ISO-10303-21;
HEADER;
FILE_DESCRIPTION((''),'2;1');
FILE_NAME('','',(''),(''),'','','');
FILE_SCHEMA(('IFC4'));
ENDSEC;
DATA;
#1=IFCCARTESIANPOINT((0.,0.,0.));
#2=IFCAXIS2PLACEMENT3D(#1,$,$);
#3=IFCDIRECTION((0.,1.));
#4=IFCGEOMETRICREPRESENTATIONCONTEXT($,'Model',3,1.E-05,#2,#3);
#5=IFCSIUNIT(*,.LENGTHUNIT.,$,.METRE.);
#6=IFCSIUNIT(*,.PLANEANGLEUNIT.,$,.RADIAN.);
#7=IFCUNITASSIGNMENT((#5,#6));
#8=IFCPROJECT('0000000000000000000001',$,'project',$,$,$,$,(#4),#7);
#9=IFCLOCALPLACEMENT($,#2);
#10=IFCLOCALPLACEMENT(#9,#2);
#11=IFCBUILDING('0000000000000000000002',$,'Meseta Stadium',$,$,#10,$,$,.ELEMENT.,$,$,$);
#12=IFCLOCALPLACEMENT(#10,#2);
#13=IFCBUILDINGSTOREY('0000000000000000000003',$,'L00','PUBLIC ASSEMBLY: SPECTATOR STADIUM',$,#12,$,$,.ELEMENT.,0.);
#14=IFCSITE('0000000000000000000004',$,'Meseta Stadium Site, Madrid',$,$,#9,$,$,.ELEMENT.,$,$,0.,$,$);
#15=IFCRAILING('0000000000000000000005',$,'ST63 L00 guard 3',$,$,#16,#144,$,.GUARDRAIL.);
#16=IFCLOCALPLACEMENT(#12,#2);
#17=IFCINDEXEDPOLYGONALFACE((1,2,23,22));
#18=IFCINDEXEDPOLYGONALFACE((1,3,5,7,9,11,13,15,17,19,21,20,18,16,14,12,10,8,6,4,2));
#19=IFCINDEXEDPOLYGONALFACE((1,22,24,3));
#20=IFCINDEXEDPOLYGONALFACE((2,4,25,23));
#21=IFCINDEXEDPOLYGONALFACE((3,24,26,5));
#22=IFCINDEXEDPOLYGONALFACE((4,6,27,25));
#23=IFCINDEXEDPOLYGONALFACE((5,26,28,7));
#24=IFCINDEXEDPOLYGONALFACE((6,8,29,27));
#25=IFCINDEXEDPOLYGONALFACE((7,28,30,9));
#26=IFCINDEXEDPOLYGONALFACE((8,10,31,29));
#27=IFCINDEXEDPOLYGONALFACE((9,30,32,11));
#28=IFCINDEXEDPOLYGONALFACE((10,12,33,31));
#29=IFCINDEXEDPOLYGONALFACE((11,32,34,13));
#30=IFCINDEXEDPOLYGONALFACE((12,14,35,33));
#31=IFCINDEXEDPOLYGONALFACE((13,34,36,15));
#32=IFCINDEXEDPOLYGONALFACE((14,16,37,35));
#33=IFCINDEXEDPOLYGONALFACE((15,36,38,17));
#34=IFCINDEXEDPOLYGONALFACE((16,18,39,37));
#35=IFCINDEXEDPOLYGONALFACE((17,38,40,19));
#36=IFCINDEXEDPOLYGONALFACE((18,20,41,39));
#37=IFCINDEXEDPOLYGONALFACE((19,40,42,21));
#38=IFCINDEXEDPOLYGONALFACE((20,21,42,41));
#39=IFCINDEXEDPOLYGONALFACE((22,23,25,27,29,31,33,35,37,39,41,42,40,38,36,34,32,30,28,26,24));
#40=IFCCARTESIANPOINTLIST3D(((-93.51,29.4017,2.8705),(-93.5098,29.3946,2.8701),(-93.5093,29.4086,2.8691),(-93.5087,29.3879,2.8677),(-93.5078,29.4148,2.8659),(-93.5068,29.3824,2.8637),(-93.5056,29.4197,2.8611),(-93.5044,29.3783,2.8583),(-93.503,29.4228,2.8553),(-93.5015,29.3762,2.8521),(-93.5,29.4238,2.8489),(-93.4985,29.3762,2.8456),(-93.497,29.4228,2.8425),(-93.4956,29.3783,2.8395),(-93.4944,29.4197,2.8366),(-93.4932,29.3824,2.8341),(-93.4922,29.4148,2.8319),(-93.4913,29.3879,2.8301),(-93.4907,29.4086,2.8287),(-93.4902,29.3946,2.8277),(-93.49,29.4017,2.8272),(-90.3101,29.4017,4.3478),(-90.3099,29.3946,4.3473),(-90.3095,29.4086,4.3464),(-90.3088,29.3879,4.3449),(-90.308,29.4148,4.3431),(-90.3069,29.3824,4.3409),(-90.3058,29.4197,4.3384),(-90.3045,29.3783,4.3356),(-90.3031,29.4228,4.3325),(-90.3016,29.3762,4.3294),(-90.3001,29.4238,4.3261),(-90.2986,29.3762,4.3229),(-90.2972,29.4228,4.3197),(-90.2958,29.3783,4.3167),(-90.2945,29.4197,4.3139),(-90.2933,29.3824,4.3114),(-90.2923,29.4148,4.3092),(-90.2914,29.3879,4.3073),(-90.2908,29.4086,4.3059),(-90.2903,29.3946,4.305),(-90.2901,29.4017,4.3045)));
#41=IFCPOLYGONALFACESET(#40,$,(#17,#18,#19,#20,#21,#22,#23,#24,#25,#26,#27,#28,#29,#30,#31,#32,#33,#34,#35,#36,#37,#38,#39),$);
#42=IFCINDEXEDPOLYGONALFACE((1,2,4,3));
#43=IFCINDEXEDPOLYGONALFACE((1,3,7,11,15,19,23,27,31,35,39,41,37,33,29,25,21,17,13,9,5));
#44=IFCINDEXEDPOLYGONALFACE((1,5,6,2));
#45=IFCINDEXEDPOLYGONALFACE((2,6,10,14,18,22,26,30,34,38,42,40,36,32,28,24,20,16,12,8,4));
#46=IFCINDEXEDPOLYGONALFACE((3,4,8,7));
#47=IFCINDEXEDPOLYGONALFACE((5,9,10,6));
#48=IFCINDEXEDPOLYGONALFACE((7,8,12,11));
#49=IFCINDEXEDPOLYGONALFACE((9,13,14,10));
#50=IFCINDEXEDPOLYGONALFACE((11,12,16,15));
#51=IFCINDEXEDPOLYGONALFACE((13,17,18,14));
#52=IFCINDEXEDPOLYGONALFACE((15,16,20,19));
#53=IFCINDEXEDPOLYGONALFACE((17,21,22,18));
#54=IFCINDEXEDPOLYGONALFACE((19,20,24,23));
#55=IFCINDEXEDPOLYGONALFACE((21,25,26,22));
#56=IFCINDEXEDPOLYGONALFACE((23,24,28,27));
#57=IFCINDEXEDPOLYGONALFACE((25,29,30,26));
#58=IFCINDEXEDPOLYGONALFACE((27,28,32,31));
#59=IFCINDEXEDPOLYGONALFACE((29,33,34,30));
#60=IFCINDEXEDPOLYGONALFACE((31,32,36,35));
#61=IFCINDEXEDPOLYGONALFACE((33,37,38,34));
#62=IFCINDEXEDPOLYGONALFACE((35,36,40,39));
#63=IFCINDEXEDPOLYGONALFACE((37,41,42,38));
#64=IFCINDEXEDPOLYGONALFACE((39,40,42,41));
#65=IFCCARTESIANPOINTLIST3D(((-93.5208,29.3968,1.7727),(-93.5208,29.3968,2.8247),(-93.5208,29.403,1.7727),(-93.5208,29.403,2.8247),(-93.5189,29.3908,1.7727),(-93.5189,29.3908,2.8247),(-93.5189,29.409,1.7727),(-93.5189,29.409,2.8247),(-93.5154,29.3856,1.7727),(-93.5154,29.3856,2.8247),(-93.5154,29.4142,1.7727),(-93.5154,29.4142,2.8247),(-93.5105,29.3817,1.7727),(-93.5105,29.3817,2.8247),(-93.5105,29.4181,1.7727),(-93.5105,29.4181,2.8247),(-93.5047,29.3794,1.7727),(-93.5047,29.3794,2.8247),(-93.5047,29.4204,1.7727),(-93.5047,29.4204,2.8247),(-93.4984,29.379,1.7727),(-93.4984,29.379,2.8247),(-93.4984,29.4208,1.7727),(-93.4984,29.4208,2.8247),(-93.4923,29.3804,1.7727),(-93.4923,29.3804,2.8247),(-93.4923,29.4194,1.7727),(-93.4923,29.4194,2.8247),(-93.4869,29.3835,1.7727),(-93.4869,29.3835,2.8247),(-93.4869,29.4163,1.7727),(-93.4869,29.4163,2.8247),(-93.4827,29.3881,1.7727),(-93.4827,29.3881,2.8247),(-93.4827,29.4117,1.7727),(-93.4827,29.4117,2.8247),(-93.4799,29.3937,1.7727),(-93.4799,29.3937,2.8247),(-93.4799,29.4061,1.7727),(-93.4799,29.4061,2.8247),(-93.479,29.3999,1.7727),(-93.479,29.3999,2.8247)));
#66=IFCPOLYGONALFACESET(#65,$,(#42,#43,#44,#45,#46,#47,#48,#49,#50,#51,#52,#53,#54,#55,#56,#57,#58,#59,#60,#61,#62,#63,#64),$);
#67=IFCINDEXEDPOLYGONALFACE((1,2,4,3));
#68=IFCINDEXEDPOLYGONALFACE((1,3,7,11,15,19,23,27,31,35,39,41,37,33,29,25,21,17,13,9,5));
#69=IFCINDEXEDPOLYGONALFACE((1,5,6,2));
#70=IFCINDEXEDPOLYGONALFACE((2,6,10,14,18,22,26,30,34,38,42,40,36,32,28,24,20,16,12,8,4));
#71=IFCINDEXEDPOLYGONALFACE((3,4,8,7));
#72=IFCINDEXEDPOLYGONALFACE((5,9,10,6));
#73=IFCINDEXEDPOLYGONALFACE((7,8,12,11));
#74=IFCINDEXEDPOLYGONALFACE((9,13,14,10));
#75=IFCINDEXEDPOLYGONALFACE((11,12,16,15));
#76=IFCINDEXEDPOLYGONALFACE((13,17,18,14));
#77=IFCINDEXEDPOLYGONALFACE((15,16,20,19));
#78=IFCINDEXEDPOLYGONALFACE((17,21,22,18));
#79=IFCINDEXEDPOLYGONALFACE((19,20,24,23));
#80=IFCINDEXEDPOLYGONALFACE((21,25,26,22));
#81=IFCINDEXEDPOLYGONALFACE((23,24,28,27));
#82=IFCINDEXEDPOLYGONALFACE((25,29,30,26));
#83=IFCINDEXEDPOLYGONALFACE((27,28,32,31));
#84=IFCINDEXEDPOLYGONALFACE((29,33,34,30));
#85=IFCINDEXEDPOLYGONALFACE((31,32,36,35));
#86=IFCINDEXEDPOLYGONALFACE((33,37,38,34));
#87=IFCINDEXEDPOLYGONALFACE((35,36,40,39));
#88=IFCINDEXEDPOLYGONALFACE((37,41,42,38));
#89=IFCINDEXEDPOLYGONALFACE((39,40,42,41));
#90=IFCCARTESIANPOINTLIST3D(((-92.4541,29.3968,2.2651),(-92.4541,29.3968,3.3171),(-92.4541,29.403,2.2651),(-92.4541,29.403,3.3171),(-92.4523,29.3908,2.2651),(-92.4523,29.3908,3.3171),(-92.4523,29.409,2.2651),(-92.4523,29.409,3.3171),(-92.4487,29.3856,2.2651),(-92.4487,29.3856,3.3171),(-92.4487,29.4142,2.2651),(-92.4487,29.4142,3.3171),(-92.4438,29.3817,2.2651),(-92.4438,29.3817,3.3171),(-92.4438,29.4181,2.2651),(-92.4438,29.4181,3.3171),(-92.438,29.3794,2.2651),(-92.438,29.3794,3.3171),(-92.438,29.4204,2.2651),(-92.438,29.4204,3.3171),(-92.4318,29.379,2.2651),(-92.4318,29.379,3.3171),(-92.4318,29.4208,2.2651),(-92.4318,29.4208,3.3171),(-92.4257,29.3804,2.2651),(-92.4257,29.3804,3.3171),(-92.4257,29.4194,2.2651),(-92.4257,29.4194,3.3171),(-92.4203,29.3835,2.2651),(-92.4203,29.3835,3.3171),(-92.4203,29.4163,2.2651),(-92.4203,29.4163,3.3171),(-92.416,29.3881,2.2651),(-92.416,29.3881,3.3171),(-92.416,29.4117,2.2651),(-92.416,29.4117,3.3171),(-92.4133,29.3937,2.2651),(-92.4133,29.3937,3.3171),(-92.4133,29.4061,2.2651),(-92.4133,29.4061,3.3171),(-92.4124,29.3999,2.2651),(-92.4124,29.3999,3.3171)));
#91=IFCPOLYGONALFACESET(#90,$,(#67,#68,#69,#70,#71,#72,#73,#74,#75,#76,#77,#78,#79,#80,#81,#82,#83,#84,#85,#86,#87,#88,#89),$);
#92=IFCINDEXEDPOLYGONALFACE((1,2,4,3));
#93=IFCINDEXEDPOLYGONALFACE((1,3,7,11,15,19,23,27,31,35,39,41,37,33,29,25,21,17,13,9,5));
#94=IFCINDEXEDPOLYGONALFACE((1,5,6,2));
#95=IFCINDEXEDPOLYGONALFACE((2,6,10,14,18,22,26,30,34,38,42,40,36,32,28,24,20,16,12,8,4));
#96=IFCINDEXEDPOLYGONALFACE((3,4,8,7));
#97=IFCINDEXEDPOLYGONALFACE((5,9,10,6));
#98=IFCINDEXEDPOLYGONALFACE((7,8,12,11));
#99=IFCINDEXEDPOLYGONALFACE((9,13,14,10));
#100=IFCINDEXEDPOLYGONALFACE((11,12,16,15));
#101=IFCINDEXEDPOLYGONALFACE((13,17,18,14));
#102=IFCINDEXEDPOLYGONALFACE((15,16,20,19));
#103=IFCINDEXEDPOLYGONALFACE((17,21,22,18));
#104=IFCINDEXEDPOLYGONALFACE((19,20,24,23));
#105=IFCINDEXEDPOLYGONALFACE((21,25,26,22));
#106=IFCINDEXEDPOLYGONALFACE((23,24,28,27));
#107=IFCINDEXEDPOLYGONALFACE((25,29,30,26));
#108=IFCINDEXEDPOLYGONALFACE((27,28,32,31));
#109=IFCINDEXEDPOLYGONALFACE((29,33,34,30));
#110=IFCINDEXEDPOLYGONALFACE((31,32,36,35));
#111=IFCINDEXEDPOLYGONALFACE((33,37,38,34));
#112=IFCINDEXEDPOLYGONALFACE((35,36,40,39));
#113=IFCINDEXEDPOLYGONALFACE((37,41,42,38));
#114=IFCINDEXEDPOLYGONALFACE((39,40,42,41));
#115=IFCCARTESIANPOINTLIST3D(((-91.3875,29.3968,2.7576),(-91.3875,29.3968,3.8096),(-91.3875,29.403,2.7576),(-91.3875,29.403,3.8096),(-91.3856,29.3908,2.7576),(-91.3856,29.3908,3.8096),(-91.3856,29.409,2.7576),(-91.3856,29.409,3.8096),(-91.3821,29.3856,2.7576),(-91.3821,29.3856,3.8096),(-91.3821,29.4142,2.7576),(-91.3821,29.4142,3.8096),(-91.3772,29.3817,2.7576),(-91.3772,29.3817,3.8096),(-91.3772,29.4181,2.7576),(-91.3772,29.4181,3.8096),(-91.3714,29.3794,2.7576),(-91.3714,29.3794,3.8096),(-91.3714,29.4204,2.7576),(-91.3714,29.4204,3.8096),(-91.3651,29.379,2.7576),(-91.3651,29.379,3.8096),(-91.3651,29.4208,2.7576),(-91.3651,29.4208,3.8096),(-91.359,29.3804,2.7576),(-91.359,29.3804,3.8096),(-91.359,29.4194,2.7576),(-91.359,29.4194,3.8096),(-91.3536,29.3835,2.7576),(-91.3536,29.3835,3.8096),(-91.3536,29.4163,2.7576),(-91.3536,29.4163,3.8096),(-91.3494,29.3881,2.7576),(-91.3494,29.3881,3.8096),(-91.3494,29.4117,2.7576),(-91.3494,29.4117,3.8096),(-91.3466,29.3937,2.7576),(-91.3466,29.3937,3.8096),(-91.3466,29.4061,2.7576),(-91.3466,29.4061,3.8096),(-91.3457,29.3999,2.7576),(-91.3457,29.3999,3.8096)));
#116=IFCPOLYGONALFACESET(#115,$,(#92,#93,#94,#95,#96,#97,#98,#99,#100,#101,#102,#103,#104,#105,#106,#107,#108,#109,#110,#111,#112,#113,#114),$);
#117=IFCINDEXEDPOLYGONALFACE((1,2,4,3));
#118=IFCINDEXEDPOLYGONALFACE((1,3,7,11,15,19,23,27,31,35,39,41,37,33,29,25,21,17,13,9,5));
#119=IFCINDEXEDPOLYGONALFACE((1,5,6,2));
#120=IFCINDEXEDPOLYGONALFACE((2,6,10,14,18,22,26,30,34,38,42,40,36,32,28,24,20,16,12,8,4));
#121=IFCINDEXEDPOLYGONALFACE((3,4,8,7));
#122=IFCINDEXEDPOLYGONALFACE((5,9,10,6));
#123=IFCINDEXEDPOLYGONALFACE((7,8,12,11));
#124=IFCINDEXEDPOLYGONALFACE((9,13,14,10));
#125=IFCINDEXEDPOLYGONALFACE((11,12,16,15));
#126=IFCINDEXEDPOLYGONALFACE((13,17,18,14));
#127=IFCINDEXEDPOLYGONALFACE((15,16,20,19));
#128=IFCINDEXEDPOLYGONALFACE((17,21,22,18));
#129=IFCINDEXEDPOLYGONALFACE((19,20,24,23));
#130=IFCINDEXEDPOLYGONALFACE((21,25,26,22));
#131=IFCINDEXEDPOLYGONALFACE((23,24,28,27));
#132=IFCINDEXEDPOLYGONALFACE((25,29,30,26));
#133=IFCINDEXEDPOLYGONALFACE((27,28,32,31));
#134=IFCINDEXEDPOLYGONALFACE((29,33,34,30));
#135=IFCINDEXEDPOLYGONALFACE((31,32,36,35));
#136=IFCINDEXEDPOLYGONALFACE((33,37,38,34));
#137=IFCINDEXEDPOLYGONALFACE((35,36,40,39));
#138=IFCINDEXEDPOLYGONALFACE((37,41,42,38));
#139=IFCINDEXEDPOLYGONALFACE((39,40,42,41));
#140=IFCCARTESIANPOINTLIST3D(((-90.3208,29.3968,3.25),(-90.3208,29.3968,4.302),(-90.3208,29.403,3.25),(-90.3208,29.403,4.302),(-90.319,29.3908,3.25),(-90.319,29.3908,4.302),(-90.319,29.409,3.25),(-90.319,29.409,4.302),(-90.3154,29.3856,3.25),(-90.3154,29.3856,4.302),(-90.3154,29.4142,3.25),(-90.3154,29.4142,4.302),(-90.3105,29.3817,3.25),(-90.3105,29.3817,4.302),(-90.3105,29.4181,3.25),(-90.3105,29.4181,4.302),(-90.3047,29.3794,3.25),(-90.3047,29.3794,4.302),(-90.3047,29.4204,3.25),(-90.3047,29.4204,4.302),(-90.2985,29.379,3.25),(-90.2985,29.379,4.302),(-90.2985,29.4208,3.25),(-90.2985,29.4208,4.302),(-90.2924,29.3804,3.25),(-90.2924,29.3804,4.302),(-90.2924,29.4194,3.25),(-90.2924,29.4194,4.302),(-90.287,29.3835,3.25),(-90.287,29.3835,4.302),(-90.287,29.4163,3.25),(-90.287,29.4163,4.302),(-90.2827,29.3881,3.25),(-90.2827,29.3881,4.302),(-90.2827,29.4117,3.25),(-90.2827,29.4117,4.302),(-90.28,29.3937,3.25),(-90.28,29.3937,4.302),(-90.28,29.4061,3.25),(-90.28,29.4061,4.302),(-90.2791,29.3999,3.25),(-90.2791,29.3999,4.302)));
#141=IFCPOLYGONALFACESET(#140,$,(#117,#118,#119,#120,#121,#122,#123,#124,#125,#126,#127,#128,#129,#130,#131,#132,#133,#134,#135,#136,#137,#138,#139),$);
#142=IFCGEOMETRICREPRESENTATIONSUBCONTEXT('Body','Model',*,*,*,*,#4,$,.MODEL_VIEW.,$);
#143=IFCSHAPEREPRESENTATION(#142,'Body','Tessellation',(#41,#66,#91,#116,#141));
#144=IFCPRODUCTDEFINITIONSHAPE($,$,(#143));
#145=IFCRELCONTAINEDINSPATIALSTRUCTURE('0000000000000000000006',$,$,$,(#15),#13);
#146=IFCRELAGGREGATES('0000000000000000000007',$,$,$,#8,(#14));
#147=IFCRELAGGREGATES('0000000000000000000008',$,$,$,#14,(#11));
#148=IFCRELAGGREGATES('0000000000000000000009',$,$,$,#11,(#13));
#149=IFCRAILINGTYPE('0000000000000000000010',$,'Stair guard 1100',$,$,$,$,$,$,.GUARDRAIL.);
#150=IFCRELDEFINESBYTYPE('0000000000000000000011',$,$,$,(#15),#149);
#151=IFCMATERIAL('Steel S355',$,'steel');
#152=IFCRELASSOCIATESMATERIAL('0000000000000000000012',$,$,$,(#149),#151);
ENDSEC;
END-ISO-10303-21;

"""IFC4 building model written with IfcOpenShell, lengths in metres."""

from ifc_helpers import new_model, si_unit, direction, frame, origin, origin_2d, place, context, subcontext, project, spatial, circle, extrude, material, type_object, element, save


model = new_model("IFC4")

# Units and contexts
model_context = context("Model", 3, precision=1e-05, world=origin(), true_north=direction((0.0, 1.0)))
body_context = subcontext(model_context, "Body", "Model", "MODEL_VIEW")
ifc_project = project(units=[si_unit("LENGTHUNIT", "METRE"), si_unit("PLANEANGLEUNIT", "RADIAN")], contexts=[model_context])

# Site, building, storey
site_placement = place(None, origin())
site = spatial("IfcSite", under=ifc_project, at=site_placement, Name="Meseta Stadium Site, Madrid", CompositionType="ELEMENT", RefElevation=0.0)
building_placement = place(site_placement, origin())
building = spatial("IfcBuilding", under=site, at=building_placement, Name="Meseta Stadium", CompositionType="ELEMENT")
storey_placement = place(building_placement, origin())
storey = spatial("IfcBuildingStorey", under=building, at=storey_placement, Name="L00", Description="PUBLIC ASSEMBLY: SPECTATOR STADIUM", CompositionType="ELEMENT", Elevation=0.0)

# Railing
ifc_material_1 = material(Name="Steel S355", Category="steel")
railing_type_1 = type_object("IfcRailingType", Name="Stair guard 1100", PredefinedType="GUARDRAIL", material=ifc_material_1)
railing_1_placement = place(storey_placement, frame((-93.5, 29.3999, 1.7727)))
element("IfcRailing", 1, at=railing_1_placement, inside=storey, type_object=railing_type_1, Name="ST63 L00 guard 3", PredefinedType="GUARDRAIL", context=body_context, shape_type="SweptSolid", body=[
    extrude(circle(Radius=0.0239, at=origin_2d()), frame((0.0, 0.0, 1.0762), z_axis=(0.907917, 0.0, 0.41915), x_axis=(0.0, 1.0, 0.0)), (0.0, 0.0, 1.0), 3.5244),
    extrude(circle(Radius=0.021, at=origin_2d()), origin(), (0.0, 0.0, 1.0), 1.052),
    extrude(circle(Radius=0.021, at=origin_2d()), frame((1.0667, 0.0, 0.4924)), (0.0, 0.0, 1.0), 1.052),
    extrude(circle(Radius=0.021, at=origin_2d()), frame((2.1333, 0.0, 0.9849)), (0.0, 0.0, 1.0), 1.052),
    extrude(circle(Radius=0.021, at=origin_2d()), frame((3.2, 0.0, 1.4773)), (0.0, 0.0, 1.0), 1.052),
])

save(model, "model.ifc")
